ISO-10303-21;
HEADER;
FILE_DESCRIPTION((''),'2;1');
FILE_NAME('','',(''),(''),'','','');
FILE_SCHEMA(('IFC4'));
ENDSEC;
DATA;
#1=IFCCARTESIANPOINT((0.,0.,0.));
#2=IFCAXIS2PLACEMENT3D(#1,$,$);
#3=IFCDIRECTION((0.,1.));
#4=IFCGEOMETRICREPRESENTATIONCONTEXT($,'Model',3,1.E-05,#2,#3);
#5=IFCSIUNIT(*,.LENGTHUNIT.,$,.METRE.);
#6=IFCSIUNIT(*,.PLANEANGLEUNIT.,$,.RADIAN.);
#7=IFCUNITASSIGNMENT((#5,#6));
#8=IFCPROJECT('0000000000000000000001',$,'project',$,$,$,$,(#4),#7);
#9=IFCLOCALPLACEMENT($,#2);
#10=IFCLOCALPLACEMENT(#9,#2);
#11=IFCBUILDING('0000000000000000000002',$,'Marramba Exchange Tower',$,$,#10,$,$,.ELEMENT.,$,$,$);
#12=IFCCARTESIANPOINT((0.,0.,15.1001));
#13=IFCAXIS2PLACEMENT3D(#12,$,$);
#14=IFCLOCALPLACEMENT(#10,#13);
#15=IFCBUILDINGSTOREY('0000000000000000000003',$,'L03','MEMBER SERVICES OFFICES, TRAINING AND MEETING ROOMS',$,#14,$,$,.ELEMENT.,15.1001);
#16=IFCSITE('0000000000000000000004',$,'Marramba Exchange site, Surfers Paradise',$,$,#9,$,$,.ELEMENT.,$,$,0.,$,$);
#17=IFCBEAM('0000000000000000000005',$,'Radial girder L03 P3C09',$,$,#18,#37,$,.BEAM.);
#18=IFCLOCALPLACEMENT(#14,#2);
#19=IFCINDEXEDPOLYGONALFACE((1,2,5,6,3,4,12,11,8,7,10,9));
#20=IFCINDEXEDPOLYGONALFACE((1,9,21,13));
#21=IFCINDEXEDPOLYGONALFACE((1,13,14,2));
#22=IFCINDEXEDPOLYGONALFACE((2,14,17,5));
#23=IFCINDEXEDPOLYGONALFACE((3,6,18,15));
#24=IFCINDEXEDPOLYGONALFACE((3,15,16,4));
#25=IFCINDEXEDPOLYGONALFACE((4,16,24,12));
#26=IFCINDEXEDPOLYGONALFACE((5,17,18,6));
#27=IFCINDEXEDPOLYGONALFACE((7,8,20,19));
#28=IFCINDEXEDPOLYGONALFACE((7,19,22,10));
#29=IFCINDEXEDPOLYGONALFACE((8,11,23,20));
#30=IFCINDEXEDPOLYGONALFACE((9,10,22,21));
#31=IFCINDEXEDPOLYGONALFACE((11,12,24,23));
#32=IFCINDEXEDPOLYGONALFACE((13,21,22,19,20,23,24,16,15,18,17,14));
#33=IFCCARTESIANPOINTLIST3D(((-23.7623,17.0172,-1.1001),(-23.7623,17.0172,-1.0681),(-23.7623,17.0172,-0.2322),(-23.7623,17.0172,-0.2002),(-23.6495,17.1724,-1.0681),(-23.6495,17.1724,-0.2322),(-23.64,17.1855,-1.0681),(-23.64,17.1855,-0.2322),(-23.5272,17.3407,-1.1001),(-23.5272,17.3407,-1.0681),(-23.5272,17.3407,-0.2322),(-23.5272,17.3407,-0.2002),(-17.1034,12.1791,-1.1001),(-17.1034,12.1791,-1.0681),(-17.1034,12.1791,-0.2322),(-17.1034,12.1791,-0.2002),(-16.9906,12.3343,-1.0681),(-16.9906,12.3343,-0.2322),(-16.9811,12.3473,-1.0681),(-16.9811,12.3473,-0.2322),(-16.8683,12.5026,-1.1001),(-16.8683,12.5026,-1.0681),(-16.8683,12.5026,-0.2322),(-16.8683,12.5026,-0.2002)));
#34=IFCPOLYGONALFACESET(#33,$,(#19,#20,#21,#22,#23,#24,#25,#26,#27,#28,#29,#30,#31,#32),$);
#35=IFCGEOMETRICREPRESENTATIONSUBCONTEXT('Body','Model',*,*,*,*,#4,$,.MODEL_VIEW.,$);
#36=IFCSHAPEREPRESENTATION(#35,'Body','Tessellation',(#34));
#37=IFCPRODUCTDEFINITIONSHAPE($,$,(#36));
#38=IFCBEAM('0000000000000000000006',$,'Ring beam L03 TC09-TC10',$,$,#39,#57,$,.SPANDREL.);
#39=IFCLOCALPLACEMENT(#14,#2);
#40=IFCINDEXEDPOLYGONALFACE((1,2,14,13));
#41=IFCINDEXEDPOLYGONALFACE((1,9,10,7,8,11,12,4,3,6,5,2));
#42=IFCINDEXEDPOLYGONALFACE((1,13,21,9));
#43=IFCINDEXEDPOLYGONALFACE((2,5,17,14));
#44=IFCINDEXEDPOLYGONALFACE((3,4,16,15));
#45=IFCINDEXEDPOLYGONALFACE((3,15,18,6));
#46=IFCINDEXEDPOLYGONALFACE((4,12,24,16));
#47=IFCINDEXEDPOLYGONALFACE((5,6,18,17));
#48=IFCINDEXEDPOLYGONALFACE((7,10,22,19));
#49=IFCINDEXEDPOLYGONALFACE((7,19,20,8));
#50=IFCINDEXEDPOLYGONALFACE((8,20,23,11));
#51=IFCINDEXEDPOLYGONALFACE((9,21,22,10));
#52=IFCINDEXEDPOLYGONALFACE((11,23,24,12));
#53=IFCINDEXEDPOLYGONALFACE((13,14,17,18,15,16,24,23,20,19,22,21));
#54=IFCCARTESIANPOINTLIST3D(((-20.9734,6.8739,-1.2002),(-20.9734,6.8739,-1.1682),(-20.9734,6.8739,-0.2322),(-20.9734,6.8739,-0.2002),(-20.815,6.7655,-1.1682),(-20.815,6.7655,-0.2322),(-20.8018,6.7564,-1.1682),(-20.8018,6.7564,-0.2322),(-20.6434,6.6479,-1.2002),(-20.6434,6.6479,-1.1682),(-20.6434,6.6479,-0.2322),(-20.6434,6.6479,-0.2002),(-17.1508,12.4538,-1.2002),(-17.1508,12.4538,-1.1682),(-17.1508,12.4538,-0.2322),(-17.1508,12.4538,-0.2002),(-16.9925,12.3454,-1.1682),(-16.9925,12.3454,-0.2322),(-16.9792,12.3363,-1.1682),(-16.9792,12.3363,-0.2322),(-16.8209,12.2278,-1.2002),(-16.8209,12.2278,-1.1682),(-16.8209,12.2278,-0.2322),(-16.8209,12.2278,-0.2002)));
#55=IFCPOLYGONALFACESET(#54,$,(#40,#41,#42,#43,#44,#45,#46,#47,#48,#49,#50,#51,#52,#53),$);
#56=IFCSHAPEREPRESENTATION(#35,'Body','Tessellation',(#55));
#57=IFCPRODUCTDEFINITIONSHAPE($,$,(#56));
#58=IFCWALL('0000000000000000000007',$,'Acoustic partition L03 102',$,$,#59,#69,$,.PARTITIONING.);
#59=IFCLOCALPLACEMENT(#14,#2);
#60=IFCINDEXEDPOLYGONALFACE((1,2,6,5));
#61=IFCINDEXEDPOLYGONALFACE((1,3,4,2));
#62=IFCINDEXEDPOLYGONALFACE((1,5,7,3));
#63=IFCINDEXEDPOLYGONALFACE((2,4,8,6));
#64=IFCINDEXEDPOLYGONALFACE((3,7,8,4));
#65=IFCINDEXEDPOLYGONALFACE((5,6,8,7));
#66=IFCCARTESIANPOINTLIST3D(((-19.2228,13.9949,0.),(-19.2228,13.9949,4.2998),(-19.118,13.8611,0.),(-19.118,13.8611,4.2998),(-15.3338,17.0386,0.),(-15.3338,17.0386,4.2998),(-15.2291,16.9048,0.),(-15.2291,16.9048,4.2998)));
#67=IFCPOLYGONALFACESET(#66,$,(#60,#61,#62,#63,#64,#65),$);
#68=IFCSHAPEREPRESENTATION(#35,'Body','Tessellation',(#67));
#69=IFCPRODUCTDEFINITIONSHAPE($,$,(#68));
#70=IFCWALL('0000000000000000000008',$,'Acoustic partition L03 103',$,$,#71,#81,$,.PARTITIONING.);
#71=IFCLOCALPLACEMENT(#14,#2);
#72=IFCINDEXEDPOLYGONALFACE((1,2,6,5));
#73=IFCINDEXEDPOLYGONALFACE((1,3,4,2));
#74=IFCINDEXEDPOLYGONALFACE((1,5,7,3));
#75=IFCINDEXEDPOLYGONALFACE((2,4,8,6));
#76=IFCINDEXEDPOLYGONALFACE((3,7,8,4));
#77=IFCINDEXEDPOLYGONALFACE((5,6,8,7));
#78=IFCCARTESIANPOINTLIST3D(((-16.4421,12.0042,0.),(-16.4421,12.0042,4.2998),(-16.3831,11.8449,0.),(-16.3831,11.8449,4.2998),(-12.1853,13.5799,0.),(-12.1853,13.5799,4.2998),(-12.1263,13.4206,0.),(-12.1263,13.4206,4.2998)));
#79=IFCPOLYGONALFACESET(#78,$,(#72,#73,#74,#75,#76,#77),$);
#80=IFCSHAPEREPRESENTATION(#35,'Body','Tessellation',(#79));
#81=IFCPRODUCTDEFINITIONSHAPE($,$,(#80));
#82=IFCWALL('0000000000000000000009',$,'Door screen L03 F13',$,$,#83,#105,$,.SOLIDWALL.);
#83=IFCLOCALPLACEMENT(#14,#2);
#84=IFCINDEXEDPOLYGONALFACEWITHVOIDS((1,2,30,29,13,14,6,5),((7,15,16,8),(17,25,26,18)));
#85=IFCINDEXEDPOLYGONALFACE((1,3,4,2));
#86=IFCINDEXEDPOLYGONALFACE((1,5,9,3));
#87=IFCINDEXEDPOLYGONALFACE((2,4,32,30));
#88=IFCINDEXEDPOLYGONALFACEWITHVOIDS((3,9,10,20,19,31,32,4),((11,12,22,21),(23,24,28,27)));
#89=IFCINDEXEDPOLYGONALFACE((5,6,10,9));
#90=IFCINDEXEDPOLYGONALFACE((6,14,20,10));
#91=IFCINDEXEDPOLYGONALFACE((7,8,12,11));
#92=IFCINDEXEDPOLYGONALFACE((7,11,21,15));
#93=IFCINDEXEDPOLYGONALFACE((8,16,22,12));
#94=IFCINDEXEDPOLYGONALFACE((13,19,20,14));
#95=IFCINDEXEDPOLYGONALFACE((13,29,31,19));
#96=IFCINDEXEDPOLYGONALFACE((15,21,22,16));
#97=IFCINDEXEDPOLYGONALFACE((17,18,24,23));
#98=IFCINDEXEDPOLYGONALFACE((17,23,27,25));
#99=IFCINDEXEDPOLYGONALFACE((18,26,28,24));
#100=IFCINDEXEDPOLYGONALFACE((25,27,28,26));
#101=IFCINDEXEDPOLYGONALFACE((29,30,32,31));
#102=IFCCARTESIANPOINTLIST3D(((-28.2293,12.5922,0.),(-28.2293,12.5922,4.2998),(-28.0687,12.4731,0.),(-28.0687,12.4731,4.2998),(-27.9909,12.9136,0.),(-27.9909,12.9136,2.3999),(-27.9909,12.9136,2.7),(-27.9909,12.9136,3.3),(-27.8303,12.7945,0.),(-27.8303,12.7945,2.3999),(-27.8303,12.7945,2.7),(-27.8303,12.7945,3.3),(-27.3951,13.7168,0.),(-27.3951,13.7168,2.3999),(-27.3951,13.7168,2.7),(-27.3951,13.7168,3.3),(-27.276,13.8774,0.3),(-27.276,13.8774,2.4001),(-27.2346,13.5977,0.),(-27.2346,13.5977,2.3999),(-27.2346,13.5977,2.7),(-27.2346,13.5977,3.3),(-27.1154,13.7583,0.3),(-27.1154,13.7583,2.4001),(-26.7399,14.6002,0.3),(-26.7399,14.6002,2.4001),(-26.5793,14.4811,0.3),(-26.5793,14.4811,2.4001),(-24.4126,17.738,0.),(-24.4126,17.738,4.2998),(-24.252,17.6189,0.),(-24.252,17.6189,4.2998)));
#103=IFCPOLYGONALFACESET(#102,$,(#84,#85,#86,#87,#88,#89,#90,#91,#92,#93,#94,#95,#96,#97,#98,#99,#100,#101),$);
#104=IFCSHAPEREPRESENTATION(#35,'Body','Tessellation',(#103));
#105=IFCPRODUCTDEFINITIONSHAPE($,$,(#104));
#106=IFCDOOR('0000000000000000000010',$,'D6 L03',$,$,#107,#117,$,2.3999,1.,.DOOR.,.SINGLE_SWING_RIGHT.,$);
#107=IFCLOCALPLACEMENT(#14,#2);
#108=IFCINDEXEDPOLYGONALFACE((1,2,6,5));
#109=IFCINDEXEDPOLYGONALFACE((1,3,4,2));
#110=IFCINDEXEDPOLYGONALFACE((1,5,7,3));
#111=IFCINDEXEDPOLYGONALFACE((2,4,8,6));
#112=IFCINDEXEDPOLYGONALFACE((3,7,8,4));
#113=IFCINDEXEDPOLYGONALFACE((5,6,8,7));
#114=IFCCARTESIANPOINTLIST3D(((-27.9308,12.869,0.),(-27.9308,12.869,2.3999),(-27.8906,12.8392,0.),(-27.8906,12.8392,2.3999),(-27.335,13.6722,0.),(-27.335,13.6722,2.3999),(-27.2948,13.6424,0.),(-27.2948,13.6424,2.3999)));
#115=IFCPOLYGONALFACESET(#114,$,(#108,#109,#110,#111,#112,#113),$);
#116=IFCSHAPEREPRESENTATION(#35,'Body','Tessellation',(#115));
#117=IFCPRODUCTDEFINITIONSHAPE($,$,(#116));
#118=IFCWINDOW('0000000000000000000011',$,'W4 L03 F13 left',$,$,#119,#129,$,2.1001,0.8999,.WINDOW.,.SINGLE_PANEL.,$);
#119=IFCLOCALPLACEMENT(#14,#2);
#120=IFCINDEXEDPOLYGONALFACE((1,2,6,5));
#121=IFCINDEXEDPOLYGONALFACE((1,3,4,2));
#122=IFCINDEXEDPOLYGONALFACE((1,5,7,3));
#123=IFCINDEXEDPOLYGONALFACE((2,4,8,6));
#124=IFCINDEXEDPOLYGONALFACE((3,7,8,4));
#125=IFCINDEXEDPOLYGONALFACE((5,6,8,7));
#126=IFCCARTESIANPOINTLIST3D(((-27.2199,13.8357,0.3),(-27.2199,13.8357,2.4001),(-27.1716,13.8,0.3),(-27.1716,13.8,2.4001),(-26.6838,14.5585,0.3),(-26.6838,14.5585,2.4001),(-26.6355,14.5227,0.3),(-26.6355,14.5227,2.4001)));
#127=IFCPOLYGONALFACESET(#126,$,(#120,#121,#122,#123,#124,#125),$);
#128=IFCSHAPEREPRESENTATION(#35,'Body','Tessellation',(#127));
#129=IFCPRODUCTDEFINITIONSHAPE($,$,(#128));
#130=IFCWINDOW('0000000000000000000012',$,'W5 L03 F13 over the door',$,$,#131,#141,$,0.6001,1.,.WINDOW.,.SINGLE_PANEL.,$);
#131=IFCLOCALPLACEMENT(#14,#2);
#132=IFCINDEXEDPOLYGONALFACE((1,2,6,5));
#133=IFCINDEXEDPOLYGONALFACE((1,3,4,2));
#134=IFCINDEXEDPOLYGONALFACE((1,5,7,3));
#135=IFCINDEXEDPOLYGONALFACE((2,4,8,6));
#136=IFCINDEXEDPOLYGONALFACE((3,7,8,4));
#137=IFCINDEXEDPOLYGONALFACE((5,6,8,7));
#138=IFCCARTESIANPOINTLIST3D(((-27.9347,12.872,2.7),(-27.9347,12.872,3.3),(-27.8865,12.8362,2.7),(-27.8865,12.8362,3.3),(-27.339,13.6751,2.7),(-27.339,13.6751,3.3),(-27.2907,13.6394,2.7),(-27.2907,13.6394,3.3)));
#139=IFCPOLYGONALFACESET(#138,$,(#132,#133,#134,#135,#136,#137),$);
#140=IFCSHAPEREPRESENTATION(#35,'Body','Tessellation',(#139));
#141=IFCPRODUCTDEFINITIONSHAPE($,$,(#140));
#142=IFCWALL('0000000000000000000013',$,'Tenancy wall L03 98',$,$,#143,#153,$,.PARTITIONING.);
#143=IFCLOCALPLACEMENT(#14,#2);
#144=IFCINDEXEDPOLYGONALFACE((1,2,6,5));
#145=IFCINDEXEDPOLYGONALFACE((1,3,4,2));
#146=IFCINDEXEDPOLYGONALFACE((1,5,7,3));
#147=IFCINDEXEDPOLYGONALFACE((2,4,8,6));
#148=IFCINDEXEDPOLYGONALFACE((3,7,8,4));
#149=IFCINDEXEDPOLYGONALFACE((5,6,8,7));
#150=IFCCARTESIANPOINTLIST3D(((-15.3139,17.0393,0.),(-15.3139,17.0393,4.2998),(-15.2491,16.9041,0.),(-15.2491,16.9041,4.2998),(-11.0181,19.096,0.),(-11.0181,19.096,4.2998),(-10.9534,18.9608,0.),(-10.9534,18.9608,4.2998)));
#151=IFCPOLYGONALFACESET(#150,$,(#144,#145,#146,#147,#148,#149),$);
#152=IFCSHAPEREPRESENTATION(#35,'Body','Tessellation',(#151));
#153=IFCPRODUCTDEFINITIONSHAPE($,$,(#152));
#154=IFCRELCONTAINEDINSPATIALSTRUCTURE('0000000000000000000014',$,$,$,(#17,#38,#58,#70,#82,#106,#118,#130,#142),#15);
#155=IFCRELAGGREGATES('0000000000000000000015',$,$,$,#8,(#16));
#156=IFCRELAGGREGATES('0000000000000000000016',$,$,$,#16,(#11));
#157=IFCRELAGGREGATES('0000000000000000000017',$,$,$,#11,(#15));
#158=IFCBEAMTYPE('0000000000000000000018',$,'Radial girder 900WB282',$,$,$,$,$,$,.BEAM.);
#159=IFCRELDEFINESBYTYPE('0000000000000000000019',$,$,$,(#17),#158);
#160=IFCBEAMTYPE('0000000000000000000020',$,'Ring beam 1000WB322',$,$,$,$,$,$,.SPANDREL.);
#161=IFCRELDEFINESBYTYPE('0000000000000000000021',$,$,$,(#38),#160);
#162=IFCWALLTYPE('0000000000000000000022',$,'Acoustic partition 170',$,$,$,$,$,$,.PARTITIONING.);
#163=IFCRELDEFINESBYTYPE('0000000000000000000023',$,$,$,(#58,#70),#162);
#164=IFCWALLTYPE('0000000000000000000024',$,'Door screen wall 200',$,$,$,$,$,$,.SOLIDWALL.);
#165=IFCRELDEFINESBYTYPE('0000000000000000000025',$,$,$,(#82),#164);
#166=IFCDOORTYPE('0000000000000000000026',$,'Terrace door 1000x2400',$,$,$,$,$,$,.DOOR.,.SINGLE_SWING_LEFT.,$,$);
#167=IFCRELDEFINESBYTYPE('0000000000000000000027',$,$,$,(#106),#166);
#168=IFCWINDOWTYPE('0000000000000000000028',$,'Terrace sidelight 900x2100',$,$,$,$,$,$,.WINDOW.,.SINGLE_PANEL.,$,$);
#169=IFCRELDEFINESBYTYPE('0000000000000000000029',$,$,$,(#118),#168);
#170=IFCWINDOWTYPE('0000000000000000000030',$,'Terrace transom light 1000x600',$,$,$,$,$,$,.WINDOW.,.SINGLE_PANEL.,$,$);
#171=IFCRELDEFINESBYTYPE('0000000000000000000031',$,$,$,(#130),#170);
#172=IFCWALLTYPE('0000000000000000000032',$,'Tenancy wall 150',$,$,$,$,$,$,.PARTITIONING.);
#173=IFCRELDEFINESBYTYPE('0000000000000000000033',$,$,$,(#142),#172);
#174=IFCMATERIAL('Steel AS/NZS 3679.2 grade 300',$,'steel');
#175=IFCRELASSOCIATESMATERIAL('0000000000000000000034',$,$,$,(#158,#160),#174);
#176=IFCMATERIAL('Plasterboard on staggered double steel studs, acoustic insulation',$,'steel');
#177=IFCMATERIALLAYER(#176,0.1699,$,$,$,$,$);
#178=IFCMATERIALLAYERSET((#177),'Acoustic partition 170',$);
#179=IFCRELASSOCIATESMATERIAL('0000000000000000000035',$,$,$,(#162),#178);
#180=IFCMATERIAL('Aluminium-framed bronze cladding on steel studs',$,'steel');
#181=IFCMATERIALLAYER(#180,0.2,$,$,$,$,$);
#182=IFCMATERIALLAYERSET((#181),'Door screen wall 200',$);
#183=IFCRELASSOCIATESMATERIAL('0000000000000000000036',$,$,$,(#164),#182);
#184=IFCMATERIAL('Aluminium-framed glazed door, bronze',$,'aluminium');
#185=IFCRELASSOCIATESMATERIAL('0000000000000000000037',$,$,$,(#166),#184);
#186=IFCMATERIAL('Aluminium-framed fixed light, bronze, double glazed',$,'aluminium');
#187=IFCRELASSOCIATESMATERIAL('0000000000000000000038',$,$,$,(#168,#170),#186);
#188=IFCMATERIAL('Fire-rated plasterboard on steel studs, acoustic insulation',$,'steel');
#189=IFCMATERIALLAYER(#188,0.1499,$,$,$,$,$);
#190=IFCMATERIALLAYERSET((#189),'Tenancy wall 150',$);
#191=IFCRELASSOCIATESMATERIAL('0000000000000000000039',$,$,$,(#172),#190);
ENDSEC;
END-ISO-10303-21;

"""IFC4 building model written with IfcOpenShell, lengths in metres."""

from ifc_helpers import new_model, si_unit, direction, frame, frame_2d, origin, origin_2d, place, context, subcontext, project, spatial, rectangle, i_section, extrude, material, layer, layer_set, material_profile, profile_set, type_object, element, fill, save


model = new_model("IFC4")

# Units and contexts
model_context = context("Model", 3, precision=1e-05, world=origin(), true_north=direction((0.0, 1.0)))
body_context = subcontext(model_context, "Body", "Model", "MODEL_VIEW")
ifc_project = project(units=[si_unit("LENGTHUNIT", "METRE"), si_unit("PLANEANGLEUNIT", "RADIAN")], contexts=[model_context])

# Site, building, storey
site_placement = place(None, origin())
site = spatial("IfcSite", under=ifc_project, at=site_placement, Name="Marramba Exchange site, Surfers Paradise", CompositionType="ELEMENT", RefElevation=0.0)
building_placement = place(site_placement, origin())
building = spatial("IfcBuilding", under=site, at=building_placement, Name="Marramba Exchange Tower", CompositionType="ELEMENT")
storey_placement = place(building_placement, frame((0.0, 0.0, 15.1001)))
storey = spatial("IfcBuildingStorey", under=building, at=storey_placement, Name="L03", Description="MEMBER SERVICES OFFICES, TRAINING AND MEETING ROOMS", CompositionType="ELEMENT", Elevation=15.1001)

# Beams
ifc_material_1 = material(Name="Steel AS/NZS 3679.2 grade 300", Category="steel")
ifc_material_profile_1 = material_profile(ifc_material_1, i_section(OverallWidth=0.3999, OverallDepth=0.8999, WebThickness=0.0161, FlangeThickness=0.032, at=origin_2d()), Name="900WB282")
ifc_profile_set_1 = profile_set([ifc_material_profile_1], Name="Steel AS/NZS 3679.2 grade 300")
beam_type_1 = type_object("IfcBeamType", Name="Radial girder 900WB282", PredefinedType="BEAM", material=ifc_profile_set_1)
beam_1_placement = place(storey_placement, frame((-23.6448, 17.179, -0.6501), z_axis=(0.809009, -0.587796, 0.0), x_axis=(0.587796, 0.809009, 0.0)))
element("IfcBeam", 1, at=beam_1_placement, inside=storey, type_object=beam_type_1, Name="Radial girder L03 P3C09", PredefinedType="BEAM", context=body_context, shape_type="SweptSolid", body=[
    extrude(i_section(OverallWidth=0.3999, OverallDepth=0.8999, WebThickness=0.0161, FlangeThickness=0.032, at=origin_2d()), origin(), (0.0, 0.0, 1.0), 8.231),
])
ifc_material_profile_2 = material_profile(ifc_material_1, i_section(OverallWidth=0.3999, OverallDepth=1.0, WebThickness=0.0161, FlangeThickness=0.032, at=origin_2d()), Name="1000WB322")
ifc_profile_set_2 = profile_set([ifc_material_profile_2], Name="Steel AS/NZS 3679.2 grade 300")
beam_type_2 = type_object("IfcBeamType", Name="Ring beam 1000WB322", PredefinedType="SPANDREL", material=ifc_profile_set_2)
beam_2_placement = place(storey_placement, frame((-16.9858, 12.3408, -0.7002), z_axis=(-0.56516, -0.824981, 0.0), x_axis=(0.824981, -0.56516, 0.0)))
element("IfcBeam", 2, at=beam_2_placement, inside=storey, type_object=beam_type_2, Name="Ring beam L03 TC09-TC10", PredefinedType="SPANDREL", context=body_context, shape_type="SweptSolid", body=[
    extrude(i_section(OverallWidth=0.3999, OverallDepth=1.0, WebThickness=0.0161, FlangeThickness=0.032, at=origin_2d()), origin(), (0.0, 0.0, 1.0), 6.7637),
])

# Walls
ifc_material_2 = material(Name="Plasterboard on staggered double steel studs, acoustic insulation", Category="steel")
ifc_layer_1 = layer(ifc_material_2, 0.1699)
ifc_layer_set_1 = layer_set([ifc_layer_1], Name="Acoustic partition 170")
wall_type_1 = type_object("IfcWallType", Name="Acoustic partition 170", PredefinedType="PARTITIONING", material=ifc_layer_set_1)
wall_1_placement = place(storey_placement, frame((-19.1704, 13.928, 0.0), z_axis=(0.0, 0.0, 1.0), x_axis=(0.787485, 0.616334, 0.0)))
element("IfcWall", 3, at=wall_1_placement, inside=storey, type_object=wall_type_1, Name="Acoustic partition L03 102", PredefinedType="PARTITIONING", context=body_context, shape_type="SweptSolid", body=[
    extrude(rectangle(XDim=4.9385, YDim=0.1699, at=frame_2d((2.4692, 0.0))), origin(), (0.0, 0.0, 1.0), 4.2998),
])
wall_2_placement = place(storey_placement, frame((-16.4126, 11.9246, 0.0), z_axis=(0.0, 0.0, 1.0), x_axis=(0.937815, 0.347136, 0.0)))
element("IfcWall", 4, at=wall_2_placement, inside=storey, type_object=wall_type_1, Name="Acoustic partition L03 103", PredefinedType="PARTITIONING", context=body_context, shape_type="SweptSolid", body=[
    extrude(rectangle(XDim=4.5391, YDim=0.1699, at=frame_2d((2.2695, 0.0))), origin(), (0.0, 0.0, 1.0), 4.2998),
])

# Wall, openings, door, windows
ifc_material_3 = material(Name="Aluminium-framed bronze cladding on steel studs", Category="steel")
ifc_layer_2 = layer(ifc_material_3, 0.2)
ifc_layer_set_2 = layer_set([ifc_layer_2], Name="Door screen wall 200")
wall_type_2 = type_object("IfcWallType", Name="Door screen wall 200", PredefinedType="SOLIDWALL", material=ifc_layer_set_2)
wall_3_placement = place(storey_placement, frame((-24.3323, 17.6785, 0.0), z_axis=(0.0, 0.0, 1.0), x_axis=(-0.59573, -0.803185, 0.0)))
wall_3 = element("IfcWall", 5, at=wall_3_placement, inside=storey, type_object=wall_type_2, Name="Door screen L03 F13", PredefinedType="SOLIDWALL", context=body_context, shape_type="SweptSolid", body=[
    extrude(rectangle(XDim=6.4067, YDim=0.2, at=frame_2d((3.2034, 0.0))), origin(), (0.0, 0.0, 1.0), 4.2998),
])
opening_1_placement = place(wall_3_placement, frame((5.0066, 0.0, 0.0)))
opening_1 = element("IfcOpeningElement", 6, at=opening_1_placement, cuts=wall_3, PredefinedType="OPENING", context=body_context, shape_type="SweptSolid", body=[
    extrude(rectangle(XDim=1.0, YDim=2.3999, at=frame_2d((0.5, 1.2))), frame((0.0, 0.1099, 0.0), z_axis=(0.0, -1.0, 0.0), x_axis=(1.0, 0.0, 0.0)), (0.0, 0.0, 1.0), 0.22),
])
opening_2_placement = place(wall_3_placement, frame((3.9067, 0.0, 0.3)))
opening_2 = element("IfcOpeningElement", 7, at=opening_2_placement, cuts=wall_3, PredefinedType="OPENING", context=body_context, shape_type="SweptSolid", body=[
    extrude(rectangle(XDim=0.8999, YDim=2.1001, at=frame_2d((0.45, 1.05))), frame((0.0, 0.1099, 0.0), z_axis=(0.0, -1.0, 0.0), x_axis=(1.0, 0.0, 0.0)), (0.0, 0.0, 1.0), 0.22),
])
opening_3_placement = place(wall_3_placement, frame((5.0066, 0.0, 2.7)))
opening_3 = element("IfcOpeningElement", 8, at=opening_3_placement, cuts=wall_3, PredefinedType="OPENING", context=body_context, shape_type="SweptSolid", body=[
    extrude(rectangle(XDim=1.0, YDim=0.6001, at=frame_2d((0.5, 0.3))), frame((0.0, 0.1099, 0.0), z_axis=(0.0, -1.0, 0.0), x_axis=(1.0, 0.0, 0.0)), (0.0, 0.0, 1.0), 0.22),
])
ifc_material_4 = material(Name="Aluminium-framed glazed door, bronze", Category="aluminium")
door_type_1 = type_object("IfcDoorType", Name="Terrace door 1000x2400", OperationType="SINGLE_SWING_LEFT", PredefinedType="DOOR", material=ifc_material_4)
door_1_placement = place(opening_1_placement, frame((1.0, 0.0, 0.0), z_axis=(0.0, 0.0, 1.0), x_axis=(-1.0, 0.0, 0.0)))
door_1 = element("IfcDoor", 9, at=door_1_placement, inside=storey, type_object=door_type_1, Name="D6 L03", OperationType="SINGLE_SWING_RIGHT", OverallHeight=2.3999, OverallWidth=1.0, PredefinedType="DOOR", context=body_context, shape_type="SweptSolid", body=[
    extrude(rectangle(XDim=1.0, YDim=2.3999, at=frame_2d((0.5, 1.2))), frame((0.0, 0.0251, 0.0), z_axis=(0.0, -1.0, 0.0), x_axis=(1.0, 0.0, 0.0)), (0.0, 0.0, 1.0), 0.05),
])
fill(opening_1, door_1)
ifc_material_5 = material(Name="Aluminium-framed fixed light, bronze, double glazed", Category="aluminium")
window_type_1 = type_object("IfcWindowType", Name="Terrace sidelight 900x2100", PartitioningType="SINGLE_PANEL", PredefinedType="WINDOW", material=ifc_material_5)
window_1_placement = place(opening_2_placement, origin())
window_1 = element("IfcWindow", 10, at=window_1_placement, inside=storey, type_object=window_type_1, Name="W4 L03 F13 left", OverallHeight=2.1001, OverallWidth=0.8999, PartitioningType="SINGLE_PANEL", PredefinedType="WINDOW", context=body_context, shape_type="SweptSolid", body=[
    extrude(rectangle(XDim=0.8999, YDim=2.1001, at=frame_2d((0.45, 1.05))), frame((0.0, 0.03, 0.0), z_axis=(0.0, -1.0, 0.0), x_axis=(1.0, 0.0, 0.0)), (0.0, 0.0, 1.0), 0.0601),
])
fill(opening_2, window_1)
window_type_2 = type_object("IfcWindowType", Name="Terrace transom light 1000x600", PartitioningType="SINGLE_PANEL", PredefinedType="WINDOW", material=ifc_material_5)
window_2_placement = place(opening_3_placement, origin())
window_2 = element("IfcWindow", 11, at=window_2_placement, inside=storey, type_object=window_type_2, Name="W5 L03 F13 over the door", OverallHeight=0.6001, OverallWidth=1.0, PartitioningType="SINGLE_PANEL", PredefinedType="WINDOW", context=body_context, shape_type="SweptSolid", body=[
    extrude(rectangle(XDim=1.0, YDim=0.6001, at=frame_2d((0.5, 0.3))), frame((0.0, 0.03, 0.0), z_axis=(0.0, -1.0, 0.0), x_axis=(1.0, 0.0, 0.0)), (0.0, 0.0, 1.0), 0.0601),
])
fill(opening_3, window_2)

# Wall
ifc_material_6 = material(Name="Fire-rated plasterboard on steel studs, acoustic insulation", Category="steel")
ifc_layer_3 = layer(ifc_material_6, 0.1499)
ifc_layer_set_3 = layer_set([ifc_layer_3], Name="Tenancy wall 150")
wall_type_3 = type_object("IfcWallType", Name="Tenancy wall 150", PredefinedType="PARTITIONING", material=ifc_layer_set_3)
wall_4_placement = place(storey_placement, frame((-15.2815, 16.9717, 0.0), z_axis=(0.0, 0.0, 1.0), x_axis=(0.901955, 0.431831, 0.0)))
element("IfcWall", 12, at=wall_4_placement, inside=storey, type_object=wall_type_3, Name="Tenancy wall L03 98", PredefinedType="PARTITIONING", context=body_context, shape_type="SweptSolid", body=[
    extrude(rectangle(XDim=4.7627, YDim=0.1499, at=frame_2d((2.3813, 0.0))), origin(), (0.0, 0.0, 1.0), 4.2998),
])

save(model, "model.ifc")
